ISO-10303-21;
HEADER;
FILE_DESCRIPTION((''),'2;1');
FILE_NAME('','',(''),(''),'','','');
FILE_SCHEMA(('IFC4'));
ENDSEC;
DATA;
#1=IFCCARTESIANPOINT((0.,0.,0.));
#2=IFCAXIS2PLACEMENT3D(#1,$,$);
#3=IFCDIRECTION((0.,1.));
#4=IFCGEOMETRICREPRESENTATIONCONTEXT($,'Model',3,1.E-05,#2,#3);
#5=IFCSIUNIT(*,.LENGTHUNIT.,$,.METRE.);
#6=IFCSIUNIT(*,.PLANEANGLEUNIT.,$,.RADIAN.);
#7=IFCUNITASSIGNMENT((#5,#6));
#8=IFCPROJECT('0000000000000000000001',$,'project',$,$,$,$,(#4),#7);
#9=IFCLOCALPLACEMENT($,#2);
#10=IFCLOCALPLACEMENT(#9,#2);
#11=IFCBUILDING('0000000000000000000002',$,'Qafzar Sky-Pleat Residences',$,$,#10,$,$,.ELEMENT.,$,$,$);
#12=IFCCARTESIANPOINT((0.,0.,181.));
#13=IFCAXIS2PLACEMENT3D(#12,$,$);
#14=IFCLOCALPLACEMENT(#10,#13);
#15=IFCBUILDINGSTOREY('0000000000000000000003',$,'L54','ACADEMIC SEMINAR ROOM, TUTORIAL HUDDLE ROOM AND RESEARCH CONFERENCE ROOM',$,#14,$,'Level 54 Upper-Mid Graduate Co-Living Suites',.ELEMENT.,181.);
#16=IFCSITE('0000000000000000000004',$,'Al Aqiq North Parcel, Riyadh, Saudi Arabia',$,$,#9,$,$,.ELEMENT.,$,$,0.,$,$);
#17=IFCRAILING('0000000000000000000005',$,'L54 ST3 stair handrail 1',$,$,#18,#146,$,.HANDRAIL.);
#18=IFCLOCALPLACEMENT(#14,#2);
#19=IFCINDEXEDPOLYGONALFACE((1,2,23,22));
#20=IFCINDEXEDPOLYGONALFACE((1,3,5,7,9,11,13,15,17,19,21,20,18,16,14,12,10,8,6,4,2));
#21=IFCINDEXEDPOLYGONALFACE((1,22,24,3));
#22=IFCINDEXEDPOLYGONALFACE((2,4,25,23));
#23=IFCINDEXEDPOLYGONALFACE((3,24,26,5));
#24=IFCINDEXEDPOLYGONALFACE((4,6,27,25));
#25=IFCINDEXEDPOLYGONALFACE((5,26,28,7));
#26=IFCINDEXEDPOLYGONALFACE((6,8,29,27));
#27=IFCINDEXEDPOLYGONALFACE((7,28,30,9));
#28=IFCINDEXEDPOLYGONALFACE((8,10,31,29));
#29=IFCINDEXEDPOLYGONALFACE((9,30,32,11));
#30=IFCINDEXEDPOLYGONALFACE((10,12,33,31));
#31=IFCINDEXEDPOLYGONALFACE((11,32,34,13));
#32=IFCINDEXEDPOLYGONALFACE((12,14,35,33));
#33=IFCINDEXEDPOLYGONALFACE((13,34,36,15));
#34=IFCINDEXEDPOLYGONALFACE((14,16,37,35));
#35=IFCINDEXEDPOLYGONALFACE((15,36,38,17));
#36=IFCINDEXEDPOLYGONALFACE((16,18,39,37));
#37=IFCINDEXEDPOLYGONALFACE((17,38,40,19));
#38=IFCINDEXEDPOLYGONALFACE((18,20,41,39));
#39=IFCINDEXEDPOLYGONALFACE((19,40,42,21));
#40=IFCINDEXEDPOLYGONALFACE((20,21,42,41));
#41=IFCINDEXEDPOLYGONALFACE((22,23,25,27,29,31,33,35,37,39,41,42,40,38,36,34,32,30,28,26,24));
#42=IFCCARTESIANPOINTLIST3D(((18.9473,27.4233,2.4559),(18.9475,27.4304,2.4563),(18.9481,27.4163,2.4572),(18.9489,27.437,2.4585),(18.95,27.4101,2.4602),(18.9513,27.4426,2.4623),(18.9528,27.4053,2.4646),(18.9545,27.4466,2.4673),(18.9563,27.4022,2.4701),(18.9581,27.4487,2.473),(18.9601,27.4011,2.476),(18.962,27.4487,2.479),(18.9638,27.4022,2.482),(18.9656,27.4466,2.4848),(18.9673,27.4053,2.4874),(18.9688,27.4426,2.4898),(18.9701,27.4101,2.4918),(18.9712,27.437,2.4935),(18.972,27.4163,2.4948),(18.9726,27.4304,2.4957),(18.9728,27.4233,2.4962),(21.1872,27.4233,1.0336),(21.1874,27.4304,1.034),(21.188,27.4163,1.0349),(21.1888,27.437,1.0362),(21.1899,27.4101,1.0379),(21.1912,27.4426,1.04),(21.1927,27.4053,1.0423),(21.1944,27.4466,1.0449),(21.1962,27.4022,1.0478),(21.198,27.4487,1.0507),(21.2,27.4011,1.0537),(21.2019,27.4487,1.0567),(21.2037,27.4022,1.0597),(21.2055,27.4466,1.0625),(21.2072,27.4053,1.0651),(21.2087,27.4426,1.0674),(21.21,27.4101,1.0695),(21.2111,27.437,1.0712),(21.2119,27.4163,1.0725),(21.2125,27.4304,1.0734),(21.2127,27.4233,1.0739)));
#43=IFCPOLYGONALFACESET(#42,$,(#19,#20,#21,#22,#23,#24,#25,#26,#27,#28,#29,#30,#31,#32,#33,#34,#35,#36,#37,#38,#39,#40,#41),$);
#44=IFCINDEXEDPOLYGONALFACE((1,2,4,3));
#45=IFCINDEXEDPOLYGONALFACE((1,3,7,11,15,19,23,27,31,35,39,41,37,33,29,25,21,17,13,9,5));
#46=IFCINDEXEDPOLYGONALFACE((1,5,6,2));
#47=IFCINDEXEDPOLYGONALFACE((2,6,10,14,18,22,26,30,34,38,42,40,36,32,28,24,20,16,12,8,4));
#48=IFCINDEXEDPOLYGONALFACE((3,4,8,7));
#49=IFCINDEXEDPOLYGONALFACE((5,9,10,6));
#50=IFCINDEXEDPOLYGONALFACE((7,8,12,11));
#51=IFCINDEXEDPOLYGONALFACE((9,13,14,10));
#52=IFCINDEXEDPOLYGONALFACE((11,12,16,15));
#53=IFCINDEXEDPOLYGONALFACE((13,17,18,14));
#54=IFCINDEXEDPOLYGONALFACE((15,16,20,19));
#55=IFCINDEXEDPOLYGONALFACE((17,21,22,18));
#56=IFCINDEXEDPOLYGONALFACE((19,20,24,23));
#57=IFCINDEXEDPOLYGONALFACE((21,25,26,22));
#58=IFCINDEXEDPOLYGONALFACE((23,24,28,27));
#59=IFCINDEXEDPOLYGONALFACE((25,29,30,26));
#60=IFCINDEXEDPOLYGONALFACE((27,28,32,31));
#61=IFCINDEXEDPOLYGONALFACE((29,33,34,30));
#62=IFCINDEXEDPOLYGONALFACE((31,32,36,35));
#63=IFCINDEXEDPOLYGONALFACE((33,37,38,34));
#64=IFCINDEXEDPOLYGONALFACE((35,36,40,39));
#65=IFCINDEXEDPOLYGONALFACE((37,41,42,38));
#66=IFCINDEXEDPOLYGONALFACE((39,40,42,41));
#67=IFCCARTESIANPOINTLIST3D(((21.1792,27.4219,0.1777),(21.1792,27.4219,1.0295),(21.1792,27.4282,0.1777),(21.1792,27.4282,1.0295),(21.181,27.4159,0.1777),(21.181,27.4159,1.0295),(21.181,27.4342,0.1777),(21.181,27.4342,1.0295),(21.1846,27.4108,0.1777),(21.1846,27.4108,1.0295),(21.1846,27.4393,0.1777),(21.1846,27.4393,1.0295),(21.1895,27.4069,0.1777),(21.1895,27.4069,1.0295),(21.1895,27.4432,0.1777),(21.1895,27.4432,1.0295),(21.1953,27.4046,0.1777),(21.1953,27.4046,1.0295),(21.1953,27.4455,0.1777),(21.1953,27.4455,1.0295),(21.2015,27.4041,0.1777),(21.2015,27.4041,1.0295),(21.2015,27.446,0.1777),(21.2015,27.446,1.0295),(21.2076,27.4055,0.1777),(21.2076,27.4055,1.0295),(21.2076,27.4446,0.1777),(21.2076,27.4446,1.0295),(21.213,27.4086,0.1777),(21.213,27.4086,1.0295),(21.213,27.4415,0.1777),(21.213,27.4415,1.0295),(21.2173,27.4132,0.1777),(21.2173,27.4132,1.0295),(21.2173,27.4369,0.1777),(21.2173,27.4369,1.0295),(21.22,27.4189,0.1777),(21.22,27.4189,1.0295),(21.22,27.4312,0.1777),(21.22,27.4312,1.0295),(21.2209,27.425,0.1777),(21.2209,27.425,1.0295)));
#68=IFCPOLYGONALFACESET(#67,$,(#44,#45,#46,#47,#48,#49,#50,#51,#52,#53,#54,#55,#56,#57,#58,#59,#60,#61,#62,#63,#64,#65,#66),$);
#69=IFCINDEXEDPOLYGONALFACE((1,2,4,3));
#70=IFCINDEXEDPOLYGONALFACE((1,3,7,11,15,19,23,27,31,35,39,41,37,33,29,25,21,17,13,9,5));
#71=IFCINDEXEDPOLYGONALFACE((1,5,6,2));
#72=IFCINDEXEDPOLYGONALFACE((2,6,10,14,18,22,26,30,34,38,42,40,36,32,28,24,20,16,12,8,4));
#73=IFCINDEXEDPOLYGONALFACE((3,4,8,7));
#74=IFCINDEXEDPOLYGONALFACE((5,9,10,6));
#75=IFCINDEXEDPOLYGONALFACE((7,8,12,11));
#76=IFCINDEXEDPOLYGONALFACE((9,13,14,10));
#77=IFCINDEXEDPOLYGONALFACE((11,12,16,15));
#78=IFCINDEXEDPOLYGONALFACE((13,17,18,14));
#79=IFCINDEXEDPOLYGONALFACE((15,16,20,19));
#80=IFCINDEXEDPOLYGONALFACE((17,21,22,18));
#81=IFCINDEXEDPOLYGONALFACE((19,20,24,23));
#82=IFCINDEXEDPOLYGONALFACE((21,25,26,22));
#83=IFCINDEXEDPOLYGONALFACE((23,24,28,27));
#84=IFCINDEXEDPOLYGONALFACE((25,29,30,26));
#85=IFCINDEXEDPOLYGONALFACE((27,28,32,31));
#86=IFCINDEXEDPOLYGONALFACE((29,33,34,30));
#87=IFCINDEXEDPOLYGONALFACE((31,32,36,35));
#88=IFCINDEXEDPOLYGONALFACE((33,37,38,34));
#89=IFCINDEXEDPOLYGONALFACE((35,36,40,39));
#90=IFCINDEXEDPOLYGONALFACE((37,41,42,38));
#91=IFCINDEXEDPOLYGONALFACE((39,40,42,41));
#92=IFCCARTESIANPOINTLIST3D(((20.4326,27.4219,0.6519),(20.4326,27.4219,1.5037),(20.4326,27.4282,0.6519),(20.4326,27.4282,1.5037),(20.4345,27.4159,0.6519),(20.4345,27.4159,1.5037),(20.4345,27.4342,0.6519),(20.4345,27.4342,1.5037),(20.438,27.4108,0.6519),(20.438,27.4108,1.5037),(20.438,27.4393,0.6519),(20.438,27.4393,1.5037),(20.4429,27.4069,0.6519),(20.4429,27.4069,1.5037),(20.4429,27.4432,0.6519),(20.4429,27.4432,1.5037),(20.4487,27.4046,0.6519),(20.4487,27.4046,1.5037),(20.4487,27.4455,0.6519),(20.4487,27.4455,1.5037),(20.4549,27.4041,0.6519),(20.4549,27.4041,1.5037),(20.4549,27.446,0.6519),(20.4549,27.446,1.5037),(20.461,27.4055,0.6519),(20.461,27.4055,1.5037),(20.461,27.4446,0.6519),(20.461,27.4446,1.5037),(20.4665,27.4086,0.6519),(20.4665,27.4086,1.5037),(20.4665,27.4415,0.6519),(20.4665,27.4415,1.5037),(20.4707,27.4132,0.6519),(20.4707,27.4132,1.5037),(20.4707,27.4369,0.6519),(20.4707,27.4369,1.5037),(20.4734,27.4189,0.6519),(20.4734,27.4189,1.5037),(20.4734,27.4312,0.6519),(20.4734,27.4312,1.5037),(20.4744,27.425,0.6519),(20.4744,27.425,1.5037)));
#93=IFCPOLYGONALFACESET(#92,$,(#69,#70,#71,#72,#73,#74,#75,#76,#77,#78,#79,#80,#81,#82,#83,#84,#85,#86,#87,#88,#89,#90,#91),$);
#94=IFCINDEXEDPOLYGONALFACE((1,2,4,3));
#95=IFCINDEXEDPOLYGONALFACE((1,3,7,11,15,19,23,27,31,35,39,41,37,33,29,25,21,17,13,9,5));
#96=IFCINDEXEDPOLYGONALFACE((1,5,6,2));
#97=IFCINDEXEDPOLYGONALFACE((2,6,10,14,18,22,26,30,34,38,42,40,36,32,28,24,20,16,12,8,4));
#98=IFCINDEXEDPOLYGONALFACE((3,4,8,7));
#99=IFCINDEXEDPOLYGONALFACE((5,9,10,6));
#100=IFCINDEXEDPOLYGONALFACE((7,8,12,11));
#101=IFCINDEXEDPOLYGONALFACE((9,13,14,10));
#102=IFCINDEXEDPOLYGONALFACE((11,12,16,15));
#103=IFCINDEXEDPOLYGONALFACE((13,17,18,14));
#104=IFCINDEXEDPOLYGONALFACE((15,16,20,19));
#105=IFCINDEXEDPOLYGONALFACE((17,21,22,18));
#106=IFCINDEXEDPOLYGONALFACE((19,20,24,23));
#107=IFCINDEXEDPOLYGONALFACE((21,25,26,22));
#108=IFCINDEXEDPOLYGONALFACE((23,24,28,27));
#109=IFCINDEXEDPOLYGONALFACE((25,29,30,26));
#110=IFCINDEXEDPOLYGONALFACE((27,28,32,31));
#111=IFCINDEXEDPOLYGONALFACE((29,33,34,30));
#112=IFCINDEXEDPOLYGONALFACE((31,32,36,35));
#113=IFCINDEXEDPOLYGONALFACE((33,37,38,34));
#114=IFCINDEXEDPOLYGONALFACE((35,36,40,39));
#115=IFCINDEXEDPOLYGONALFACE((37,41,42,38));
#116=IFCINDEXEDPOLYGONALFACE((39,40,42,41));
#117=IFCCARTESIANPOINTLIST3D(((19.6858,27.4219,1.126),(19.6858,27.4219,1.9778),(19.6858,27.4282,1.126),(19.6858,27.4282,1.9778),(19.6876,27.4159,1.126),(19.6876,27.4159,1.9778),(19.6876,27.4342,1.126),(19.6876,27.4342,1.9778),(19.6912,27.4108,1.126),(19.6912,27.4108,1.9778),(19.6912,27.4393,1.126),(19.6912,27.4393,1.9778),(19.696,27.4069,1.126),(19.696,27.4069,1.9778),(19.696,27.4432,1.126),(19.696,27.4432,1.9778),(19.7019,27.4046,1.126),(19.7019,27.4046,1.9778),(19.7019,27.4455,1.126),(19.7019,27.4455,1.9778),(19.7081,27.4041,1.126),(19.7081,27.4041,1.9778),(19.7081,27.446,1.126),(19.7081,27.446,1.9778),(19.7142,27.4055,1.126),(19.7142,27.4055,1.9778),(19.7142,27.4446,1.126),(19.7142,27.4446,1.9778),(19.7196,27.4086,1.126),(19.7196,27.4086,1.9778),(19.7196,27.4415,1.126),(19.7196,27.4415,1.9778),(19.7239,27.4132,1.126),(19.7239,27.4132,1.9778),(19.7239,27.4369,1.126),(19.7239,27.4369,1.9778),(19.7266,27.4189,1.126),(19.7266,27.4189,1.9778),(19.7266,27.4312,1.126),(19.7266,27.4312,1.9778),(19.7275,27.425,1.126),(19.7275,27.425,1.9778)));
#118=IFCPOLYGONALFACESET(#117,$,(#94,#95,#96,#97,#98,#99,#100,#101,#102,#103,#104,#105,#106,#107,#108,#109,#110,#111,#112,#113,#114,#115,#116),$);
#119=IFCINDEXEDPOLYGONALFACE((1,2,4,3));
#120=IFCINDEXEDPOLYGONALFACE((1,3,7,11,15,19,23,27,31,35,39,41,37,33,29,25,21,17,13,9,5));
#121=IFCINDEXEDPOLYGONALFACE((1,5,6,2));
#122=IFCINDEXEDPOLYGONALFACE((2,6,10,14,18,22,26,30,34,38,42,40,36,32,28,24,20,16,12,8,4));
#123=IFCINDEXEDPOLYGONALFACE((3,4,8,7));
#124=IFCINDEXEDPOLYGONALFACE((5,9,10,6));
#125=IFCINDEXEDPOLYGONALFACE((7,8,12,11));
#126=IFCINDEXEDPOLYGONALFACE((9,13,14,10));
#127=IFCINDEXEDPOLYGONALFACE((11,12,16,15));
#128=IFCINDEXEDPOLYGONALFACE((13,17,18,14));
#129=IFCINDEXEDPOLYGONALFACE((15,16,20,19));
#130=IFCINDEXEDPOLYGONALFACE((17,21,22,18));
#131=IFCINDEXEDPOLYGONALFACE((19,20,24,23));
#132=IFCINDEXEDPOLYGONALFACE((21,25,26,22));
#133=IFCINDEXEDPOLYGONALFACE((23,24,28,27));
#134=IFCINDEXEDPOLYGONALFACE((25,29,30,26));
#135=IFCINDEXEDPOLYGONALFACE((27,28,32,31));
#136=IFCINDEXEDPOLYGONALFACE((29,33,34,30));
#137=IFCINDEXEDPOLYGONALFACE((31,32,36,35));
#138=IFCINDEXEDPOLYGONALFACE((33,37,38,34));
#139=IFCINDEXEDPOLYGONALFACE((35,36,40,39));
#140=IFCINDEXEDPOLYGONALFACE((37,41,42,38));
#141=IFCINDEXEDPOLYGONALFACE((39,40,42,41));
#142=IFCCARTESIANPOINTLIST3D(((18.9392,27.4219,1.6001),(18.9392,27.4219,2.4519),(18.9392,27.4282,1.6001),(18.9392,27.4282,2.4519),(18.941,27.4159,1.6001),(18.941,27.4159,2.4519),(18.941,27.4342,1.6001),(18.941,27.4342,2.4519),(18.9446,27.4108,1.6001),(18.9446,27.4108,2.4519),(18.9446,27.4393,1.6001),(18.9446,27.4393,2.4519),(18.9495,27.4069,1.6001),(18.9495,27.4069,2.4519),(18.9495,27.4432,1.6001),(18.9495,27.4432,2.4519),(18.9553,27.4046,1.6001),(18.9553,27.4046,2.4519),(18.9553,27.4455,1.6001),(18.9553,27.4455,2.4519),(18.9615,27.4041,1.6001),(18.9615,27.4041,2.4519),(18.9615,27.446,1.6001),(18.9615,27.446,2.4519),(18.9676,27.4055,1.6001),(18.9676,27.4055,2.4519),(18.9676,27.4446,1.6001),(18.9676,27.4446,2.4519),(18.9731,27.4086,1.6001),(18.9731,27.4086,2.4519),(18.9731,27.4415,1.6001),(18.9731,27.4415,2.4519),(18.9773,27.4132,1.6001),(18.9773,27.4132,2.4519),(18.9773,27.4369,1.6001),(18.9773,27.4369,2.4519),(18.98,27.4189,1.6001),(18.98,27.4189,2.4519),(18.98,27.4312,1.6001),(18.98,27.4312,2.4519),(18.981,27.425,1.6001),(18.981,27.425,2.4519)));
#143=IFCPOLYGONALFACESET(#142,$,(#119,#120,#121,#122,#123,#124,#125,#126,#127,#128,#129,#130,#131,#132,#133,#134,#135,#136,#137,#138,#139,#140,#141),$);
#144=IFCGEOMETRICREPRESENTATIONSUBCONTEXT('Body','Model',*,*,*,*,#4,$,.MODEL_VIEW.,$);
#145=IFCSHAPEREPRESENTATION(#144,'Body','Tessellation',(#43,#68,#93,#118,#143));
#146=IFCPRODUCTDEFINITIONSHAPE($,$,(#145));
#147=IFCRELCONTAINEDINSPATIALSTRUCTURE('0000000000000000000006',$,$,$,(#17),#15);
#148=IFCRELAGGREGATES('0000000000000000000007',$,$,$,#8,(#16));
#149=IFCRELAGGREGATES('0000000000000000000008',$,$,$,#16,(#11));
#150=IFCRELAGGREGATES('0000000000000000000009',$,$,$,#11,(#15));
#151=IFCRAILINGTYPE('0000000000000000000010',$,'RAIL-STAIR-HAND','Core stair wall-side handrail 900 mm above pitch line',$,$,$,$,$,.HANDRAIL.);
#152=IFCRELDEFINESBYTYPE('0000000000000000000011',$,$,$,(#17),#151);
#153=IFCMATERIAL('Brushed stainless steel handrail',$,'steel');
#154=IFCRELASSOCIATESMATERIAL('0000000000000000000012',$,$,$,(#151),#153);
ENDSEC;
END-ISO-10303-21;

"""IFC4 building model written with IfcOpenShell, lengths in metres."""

from ifc_helpers import new_model, si_unit, direction, frame, origin, origin_2d, place, context, subcontext, project, spatial, circle, extrude, source, transform, mapped, material, type_object, element, save


model = new_model("IFC4")

# Units and contexts
model_context = context("Model", 3, precision=1e-05, world=origin(), true_north=direction((0.0, 1.0)))
body_context = subcontext(model_context, "Body", "Model", "MODEL_VIEW")
ifc_project = project(units=[si_unit("LENGTHUNIT", "METRE"), si_unit("PLANEANGLEUNIT", "RADIAN")], contexts=[model_context])

# Site, building, storey
site_placement = place(None, origin())
site = spatial("IfcSite", under=ifc_project, at=site_placement, Name="Al Aqiq North Parcel, Riyadh, Saudi Arabia", CompositionType="ELEMENT", RefElevation=0.0)
building_placement = place(site_placement, origin())
building = spatial("IfcBuilding", under=site, at=building_placement, Name="Qafzar Sky-Pleat Residences", CompositionType="ELEMENT")
storey_placement = place(building_placement, frame((0.0, 0.0, 181.0)))
storey = spatial("IfcBuildingStorey", under=building, at=storey_placement, Name="L54", Description="ACADEMIC SEMINAR ROOM, TUTORIAL HUDDLE ROOM AND RESEARCH CONFERENCE ROOM", LongName="Level 54 Upper-Mid Graduate Co-Living Suites", CompositionType="ELEMENT", Elevation=181.0)

# Railing
ifc_material_1 = material(Name="Brushed stainless steel handrail", Category="steel")
railing_type = type_object("IfcRailingType", Name="RAIL-STAIR-HAND", Description="Core stair wall-side handrail 900 mm above pitch line", PredefinedType="HANDRAIL", material=ifc_material_1)
shared_shape_1 = source(origin(), body_context, "Body", "SweptSolid", [
    extrude(circle(Radius=0.0239, at=origin_2d()), frame((0.0, 0.0, 0.876), z_axis=(-0.844188, 0.0, 0.536048), x_axis=(0.0, -1.0, 0.0)), (0.0, 0.0, 1.0), 2.6533),
    extrude(circle(Radius=0.021, at=origin_2d()), origin(), (0.0, 0.0, 1.0), 0.8518),
    extrude(circle(Radius=0.021, at=origin_2d()), frame((-0.7466, 0.0, 0.4741)), (0.0, 0.0, 1.0), 0.8518),
    extrude(circle(Radius=0.021, at=origin_2d()), frame((-1.4934, 0.0, 0.9482)), (0.0, 0.0, 1.0), 0.8518),
    extrude(circle(Radius=0.021, at=origin_2d()), frame((-2.24, 0.0, 1.4224)), (0.0, 0.0, 1.0), 0.8518),
])
railing_placement = place(storey_placement, frame((21.2, 27.425, 0.1777)))
element("IfcRailing", 1, at=railing_placement, inside=storey, type_object=railing_type, Name="L54 ST3 stair handrail 1", PredefinedType="HANDRAIL", context=body_context, shape_type="MappedRepresentation", body=[
    mapped(shared_shape_1, transform((0.0, 0.0, 0.0), x_axis=(1.0, 0.0, 0.0), y_axis=(0.0, 1.0, 0.0), z_axis=(0.0, 0.0, 1.0), scale=1.0)),
])

save(model, "model.ifc")
